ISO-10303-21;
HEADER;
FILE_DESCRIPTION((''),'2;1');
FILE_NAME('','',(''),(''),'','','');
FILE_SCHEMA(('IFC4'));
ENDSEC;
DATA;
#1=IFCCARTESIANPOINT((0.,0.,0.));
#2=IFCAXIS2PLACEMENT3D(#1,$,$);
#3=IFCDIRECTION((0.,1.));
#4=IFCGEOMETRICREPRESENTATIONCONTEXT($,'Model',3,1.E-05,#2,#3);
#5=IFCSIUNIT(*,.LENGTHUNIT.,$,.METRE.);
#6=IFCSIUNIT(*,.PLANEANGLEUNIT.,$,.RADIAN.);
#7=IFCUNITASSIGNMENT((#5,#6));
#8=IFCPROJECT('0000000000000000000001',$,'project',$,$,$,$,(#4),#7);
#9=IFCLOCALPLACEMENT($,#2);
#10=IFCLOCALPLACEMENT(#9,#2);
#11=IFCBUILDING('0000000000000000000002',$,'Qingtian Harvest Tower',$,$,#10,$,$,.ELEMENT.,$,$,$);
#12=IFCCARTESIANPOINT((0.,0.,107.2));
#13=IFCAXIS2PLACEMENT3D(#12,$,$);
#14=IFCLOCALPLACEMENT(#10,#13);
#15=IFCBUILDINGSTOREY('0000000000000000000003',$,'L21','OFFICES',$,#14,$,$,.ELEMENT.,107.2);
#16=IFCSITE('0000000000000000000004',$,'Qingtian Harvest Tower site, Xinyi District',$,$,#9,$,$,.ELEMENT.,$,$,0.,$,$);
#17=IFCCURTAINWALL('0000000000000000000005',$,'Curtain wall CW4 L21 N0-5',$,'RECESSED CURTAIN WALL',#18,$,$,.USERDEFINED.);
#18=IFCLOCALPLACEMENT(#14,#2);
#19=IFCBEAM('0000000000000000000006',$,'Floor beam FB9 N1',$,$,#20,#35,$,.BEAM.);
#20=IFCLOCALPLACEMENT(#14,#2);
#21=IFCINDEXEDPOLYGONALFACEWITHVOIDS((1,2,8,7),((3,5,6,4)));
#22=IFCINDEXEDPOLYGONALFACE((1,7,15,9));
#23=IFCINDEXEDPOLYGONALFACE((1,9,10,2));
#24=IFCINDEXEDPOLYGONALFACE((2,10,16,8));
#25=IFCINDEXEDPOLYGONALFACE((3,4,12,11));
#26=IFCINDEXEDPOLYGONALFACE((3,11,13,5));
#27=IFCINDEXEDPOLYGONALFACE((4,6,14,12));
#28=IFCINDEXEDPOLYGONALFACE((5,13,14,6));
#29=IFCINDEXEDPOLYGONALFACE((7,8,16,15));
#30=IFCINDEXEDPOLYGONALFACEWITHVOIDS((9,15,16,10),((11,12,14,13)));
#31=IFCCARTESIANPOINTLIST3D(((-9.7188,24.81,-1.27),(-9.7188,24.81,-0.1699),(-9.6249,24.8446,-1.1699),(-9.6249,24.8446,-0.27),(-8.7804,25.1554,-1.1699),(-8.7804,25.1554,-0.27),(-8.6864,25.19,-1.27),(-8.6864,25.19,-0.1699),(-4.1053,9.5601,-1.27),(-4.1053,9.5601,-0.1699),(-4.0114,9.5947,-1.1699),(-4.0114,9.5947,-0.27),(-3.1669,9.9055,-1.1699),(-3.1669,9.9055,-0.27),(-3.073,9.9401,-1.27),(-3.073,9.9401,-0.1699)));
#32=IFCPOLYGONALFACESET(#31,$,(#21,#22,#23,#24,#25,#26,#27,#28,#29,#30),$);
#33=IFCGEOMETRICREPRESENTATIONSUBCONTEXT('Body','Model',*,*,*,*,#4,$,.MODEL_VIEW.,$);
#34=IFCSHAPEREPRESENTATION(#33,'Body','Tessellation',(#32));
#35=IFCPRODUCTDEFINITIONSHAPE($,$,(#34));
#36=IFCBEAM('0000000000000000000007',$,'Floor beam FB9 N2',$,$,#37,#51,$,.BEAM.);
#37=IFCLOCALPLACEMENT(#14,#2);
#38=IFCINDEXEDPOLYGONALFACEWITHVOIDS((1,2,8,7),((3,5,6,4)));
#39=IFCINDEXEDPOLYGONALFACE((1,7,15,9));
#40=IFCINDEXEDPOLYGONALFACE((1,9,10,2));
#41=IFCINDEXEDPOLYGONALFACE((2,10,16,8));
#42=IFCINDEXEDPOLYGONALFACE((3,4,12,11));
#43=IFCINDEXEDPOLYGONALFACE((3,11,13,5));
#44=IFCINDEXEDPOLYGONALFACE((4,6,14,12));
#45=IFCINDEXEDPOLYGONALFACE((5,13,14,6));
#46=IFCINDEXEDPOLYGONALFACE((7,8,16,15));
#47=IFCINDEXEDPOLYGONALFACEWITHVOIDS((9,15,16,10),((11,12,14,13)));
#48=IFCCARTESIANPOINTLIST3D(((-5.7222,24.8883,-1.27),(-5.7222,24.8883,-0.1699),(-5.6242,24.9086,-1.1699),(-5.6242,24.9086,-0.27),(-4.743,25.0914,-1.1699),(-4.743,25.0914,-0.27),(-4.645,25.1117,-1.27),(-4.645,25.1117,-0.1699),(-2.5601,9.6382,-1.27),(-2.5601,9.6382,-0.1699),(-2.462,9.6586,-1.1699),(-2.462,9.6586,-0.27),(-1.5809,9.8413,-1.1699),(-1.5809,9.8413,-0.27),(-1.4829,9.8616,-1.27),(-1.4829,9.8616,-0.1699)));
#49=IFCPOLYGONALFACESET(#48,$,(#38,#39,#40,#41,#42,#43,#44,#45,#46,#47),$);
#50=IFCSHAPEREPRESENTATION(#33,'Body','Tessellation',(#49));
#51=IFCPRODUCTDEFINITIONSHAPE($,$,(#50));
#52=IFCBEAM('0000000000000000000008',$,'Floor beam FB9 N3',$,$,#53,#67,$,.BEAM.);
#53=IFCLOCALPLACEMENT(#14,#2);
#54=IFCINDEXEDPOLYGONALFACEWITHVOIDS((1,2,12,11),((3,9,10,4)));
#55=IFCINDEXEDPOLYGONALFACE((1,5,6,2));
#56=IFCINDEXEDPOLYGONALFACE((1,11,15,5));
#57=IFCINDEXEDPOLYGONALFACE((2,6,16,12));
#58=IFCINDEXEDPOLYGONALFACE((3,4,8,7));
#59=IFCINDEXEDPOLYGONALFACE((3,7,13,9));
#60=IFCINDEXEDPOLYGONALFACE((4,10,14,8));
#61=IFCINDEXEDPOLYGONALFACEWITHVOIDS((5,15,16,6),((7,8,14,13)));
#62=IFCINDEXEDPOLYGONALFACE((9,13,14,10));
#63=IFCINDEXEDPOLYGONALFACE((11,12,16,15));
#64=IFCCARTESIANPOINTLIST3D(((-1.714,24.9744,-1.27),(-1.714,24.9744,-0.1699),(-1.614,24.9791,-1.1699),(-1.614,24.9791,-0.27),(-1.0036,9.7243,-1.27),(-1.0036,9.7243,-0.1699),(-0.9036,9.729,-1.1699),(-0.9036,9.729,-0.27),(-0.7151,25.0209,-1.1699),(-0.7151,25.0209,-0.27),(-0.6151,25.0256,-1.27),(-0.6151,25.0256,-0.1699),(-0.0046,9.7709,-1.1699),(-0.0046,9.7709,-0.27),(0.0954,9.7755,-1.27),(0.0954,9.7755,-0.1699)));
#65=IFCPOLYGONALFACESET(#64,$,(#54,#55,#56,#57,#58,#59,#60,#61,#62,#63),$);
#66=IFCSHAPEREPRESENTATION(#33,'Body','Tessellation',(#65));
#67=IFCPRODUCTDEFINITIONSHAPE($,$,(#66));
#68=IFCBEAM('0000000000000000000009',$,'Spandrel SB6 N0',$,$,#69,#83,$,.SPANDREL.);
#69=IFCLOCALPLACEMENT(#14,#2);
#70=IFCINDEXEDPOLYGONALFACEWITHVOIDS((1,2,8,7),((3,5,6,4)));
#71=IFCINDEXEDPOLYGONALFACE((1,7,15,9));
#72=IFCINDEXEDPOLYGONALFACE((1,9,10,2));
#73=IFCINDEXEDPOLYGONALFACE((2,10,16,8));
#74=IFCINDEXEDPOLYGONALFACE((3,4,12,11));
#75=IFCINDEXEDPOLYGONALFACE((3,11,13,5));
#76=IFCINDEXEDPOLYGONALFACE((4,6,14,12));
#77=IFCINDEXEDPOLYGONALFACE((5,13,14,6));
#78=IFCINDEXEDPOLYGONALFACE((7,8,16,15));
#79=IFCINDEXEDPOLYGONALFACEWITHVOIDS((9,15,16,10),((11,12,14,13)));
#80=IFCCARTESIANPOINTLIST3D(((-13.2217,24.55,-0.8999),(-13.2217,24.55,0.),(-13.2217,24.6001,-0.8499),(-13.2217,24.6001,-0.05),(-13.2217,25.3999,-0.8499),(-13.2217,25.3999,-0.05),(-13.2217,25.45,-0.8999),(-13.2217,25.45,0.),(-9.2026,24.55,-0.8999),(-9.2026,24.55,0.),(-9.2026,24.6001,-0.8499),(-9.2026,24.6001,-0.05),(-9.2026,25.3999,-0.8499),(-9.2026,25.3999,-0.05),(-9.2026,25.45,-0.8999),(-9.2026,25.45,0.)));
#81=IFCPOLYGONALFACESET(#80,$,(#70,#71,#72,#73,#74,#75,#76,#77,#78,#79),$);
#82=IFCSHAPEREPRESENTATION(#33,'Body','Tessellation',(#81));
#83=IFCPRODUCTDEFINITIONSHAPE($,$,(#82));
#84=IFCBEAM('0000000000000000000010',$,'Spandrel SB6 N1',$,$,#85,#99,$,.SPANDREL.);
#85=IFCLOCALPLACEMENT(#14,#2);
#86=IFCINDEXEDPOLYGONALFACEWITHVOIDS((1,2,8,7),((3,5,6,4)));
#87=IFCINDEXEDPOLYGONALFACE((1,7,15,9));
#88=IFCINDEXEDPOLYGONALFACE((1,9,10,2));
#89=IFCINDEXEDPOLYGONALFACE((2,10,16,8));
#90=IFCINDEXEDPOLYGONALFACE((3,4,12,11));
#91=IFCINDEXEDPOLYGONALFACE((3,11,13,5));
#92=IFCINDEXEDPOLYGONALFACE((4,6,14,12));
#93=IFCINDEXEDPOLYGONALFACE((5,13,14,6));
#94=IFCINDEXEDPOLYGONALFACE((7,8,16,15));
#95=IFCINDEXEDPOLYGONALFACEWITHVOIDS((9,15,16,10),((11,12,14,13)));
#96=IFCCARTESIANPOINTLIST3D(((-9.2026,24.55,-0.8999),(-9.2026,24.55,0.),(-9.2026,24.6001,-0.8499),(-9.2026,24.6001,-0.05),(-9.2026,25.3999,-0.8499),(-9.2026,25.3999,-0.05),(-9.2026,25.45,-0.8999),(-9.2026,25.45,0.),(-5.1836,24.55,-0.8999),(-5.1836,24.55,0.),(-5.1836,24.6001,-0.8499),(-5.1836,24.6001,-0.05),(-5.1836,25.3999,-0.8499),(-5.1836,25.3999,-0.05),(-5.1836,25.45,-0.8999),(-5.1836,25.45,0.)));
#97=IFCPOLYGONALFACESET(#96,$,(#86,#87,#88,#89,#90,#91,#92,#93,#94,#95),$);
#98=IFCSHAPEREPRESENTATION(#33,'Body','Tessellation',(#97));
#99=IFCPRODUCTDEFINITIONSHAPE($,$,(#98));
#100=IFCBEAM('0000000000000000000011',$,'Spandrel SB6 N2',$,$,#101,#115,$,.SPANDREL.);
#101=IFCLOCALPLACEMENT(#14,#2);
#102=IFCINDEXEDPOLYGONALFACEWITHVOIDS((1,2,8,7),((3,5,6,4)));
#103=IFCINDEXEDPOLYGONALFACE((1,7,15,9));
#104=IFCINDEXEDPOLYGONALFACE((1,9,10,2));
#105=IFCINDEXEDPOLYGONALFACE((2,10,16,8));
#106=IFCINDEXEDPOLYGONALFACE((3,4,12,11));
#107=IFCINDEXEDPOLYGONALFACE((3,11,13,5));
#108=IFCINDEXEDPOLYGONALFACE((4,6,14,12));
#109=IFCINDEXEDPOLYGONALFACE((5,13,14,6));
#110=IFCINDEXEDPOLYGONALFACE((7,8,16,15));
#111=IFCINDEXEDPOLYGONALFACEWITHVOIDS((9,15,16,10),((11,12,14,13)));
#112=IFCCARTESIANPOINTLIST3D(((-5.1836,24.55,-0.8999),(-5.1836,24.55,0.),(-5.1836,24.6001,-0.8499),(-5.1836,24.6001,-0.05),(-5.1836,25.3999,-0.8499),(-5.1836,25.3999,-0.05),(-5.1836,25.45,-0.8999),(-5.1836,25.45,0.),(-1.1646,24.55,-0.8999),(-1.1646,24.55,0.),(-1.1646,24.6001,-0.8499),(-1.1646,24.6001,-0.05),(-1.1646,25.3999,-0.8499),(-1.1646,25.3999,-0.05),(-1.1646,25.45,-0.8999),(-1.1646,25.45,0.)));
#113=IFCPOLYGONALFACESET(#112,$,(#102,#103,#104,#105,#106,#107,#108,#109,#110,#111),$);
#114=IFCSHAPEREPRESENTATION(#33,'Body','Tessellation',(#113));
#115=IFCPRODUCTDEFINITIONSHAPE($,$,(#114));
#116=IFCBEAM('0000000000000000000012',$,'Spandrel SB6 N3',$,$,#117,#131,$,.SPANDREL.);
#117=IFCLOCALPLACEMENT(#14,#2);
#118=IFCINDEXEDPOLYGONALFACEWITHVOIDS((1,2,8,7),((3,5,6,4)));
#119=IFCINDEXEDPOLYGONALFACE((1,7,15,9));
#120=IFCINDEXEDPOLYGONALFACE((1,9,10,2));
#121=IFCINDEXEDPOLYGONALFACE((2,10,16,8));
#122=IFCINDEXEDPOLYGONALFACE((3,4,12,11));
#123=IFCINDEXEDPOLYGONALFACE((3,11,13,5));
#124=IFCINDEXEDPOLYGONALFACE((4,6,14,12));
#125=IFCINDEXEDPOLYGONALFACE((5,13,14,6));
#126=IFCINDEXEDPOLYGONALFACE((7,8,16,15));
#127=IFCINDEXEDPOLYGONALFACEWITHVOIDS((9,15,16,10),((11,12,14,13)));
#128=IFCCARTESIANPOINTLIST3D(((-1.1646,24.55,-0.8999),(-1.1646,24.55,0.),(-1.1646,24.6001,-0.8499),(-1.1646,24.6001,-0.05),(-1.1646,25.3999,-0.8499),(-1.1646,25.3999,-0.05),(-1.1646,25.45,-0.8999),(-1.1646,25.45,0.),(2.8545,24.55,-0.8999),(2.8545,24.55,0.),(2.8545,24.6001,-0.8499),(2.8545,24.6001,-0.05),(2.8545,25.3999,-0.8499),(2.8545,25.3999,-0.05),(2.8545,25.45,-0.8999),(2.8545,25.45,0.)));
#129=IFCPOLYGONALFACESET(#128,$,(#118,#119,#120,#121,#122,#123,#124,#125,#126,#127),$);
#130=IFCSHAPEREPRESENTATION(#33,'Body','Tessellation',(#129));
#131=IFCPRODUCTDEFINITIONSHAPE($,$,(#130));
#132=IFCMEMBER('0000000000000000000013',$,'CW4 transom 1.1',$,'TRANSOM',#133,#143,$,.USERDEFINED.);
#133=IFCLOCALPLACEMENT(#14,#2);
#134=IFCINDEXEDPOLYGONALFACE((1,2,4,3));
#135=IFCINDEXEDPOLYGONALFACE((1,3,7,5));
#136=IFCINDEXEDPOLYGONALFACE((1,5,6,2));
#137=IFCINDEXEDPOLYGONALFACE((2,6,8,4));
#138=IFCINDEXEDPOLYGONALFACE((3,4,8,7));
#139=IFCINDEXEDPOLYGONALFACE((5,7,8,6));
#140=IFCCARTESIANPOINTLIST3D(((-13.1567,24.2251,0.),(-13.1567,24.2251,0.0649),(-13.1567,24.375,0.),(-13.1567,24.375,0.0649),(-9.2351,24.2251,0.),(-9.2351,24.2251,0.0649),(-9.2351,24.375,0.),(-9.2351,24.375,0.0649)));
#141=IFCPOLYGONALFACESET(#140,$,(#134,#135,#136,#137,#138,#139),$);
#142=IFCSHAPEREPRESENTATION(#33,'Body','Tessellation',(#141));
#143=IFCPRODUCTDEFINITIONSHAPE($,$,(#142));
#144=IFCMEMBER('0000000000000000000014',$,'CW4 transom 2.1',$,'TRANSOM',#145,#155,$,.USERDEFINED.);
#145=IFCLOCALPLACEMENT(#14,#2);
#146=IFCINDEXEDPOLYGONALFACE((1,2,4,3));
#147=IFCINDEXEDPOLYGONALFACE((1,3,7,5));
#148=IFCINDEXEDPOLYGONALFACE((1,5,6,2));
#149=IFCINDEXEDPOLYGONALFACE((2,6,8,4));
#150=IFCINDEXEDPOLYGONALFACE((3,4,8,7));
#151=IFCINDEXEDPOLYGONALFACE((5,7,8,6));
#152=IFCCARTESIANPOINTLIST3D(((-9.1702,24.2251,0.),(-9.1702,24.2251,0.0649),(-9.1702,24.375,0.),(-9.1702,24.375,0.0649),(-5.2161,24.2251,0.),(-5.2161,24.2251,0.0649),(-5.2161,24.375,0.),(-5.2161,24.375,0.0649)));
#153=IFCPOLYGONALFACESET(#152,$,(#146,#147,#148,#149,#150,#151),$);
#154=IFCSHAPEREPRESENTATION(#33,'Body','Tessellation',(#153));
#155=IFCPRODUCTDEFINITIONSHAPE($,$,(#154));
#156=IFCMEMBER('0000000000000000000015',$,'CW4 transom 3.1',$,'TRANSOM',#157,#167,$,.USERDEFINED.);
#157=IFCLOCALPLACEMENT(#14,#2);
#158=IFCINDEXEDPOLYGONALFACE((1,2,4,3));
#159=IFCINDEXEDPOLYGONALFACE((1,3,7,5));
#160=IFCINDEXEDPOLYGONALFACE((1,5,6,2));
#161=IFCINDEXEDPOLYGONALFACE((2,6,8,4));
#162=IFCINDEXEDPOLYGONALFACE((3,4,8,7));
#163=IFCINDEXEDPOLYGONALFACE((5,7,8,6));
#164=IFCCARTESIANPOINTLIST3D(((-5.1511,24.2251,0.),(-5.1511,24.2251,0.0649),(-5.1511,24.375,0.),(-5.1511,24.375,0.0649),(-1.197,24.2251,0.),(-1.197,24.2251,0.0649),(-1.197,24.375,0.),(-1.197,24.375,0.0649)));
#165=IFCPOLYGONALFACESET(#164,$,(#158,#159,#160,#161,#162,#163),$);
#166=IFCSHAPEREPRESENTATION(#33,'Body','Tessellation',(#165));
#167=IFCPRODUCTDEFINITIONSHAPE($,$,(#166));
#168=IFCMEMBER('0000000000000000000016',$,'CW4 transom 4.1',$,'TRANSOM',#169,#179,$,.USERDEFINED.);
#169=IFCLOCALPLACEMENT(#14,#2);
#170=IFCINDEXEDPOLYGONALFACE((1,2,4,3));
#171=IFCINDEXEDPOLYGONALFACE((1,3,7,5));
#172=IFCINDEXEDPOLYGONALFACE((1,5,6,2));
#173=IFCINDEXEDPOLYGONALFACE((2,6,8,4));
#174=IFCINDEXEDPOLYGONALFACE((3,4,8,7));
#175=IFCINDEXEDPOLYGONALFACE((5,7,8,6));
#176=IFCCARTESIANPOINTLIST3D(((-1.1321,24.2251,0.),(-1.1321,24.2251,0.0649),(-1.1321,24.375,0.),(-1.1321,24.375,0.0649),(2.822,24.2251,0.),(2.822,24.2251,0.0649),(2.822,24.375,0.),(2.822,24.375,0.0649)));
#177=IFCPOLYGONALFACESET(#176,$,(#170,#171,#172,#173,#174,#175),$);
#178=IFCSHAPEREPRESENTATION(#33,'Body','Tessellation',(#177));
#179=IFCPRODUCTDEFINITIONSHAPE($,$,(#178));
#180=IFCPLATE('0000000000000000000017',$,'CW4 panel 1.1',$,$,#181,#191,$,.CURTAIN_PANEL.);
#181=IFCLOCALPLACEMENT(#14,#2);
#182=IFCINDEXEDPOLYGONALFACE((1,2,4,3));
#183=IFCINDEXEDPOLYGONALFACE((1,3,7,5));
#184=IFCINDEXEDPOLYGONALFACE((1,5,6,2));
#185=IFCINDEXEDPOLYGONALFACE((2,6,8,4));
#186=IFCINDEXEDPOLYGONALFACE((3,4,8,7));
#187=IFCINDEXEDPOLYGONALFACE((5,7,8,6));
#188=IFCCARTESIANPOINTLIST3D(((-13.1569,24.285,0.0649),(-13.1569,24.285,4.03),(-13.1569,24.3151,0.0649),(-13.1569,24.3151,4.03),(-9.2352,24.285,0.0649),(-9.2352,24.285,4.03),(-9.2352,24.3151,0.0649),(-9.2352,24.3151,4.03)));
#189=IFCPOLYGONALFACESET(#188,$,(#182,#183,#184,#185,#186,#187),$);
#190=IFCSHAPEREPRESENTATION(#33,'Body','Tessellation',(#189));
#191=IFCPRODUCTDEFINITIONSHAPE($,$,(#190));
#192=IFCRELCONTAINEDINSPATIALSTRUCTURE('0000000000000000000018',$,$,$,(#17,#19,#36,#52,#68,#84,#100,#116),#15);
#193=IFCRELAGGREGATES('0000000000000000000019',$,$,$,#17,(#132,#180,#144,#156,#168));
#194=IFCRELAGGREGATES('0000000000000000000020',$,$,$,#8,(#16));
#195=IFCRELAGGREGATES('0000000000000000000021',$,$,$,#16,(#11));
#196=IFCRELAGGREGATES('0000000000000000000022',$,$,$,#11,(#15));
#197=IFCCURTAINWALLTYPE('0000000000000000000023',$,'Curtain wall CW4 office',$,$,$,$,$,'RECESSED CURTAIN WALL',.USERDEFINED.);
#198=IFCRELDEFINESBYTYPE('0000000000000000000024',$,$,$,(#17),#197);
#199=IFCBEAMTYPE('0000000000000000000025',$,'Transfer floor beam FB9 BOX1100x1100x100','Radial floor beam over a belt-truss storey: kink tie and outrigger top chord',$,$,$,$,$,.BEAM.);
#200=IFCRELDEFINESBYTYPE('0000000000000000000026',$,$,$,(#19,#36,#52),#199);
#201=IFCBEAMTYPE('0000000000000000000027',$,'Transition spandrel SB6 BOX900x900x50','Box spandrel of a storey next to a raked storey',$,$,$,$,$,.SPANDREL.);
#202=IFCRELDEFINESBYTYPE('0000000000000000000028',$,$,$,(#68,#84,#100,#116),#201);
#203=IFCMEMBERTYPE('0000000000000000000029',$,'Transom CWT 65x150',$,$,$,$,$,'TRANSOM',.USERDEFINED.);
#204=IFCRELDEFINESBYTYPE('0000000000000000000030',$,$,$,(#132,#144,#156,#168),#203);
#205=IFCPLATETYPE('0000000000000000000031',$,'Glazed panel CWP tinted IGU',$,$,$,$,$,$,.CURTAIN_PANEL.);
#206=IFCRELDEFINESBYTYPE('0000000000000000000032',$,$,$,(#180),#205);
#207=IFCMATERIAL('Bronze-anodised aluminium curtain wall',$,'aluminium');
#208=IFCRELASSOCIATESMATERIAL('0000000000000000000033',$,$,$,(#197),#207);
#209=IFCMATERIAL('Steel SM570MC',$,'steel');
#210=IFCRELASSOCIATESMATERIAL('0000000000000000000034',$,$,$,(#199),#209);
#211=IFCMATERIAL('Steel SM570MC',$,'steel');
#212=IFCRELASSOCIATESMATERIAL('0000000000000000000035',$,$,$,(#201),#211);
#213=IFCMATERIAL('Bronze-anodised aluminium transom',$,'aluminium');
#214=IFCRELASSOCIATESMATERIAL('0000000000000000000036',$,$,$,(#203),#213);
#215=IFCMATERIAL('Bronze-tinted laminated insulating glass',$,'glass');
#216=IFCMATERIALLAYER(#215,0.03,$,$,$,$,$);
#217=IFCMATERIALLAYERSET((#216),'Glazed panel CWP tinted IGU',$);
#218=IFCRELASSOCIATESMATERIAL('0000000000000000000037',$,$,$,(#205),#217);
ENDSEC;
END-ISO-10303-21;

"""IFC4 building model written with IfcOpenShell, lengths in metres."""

from ifc_helpers import new_model, si_unit, direction, frame, origin, origin_2d, place, context, subcontext, project, spatial, rectangle, hollow_rectangle, extrude, material, layer, layer_set, material_profile, profile_set, type_object, element, aggregate, save


model = new_model("IFC4")

# Units and contexts
model_context = context("Model", 3, precision=1e-05, world=origin(), true_north=direction((0.0, 1.0)))
body_context = subcontext(model_context, "Body", "Model", "MODEL_VIEW")
ifc_project = project(units=[si_unit("LENGTHUNIT", "METRE"), si_unit("PLANEANGLEUNIT", "RADIAN")], contexts=[model_context])

# Site, building, storey
site_placement = place(None, origin())
site = spatial("IfcSite", under=ifc_project, at=site_placement, Name="Qingtian Harvest Tower site, Xinyi District", CompositionType="ELEMENT", RefElevation=0.0)
building_placement = place(site_placement, origin())
building = spatial("IfcBuilding", under=site, at=building_placement, Name="Qingtian Harvest Tower", CompositionType="ELEMENT")
storey_placement = place(building_placement, frame((0.0, 0.0, 107.2)))
storey = spatial("IfcBuildingStorey", under=building, at=storey_placement, Name="L21", Description="OFFICES", CompositionType="ELEMENT", Elevation=107.2)

# Curtain wall
ifc_material_1 = material(Name="Bronze-anodised aluminium curtain wall", Category="aluminium")
curtain_wall_type = type_object("IfcCurtainWallType", Name="Curtain wall CW4 office", ElementType="RECESSED CURTAIN WALL", PredefinedType="USERDEFINED", material=ifc_material_1)
curtain_wall_placement = place(storey_placement, origin())
curtain_wall = element("IfcCurtainWall", 1, at=curtain_wall_placement, inside=storey, type_object=curtain_wall_type, Name="Curtain wall CW4 L21 N0-5", ObjectType="RECESSED CURTAIN WALL", PredefinedType="USERDEFINED")

# Beams
ifc_material_2 = material(Name="Steel SM570MC", Category="steel")
ifc_material_profile_1 = material_profile(ifc_material_2, hollow_rectangle(XDim=1.1001, YDim=1.1001, WallThickness=0.1001, at=origin_2d()), Name="BOX1100x1100x100")
ifc_profile_set_1 = profile_set([ifc_material_profile_1], Name="Steel SM570MC")
beam_type_1 = type_object("IfcBeamType", Name="Transfer floor beam FB9 BOX1100x1100x100", Description="Radial floor beam over a belt-truss storey: kink tie and outrigger top chord", PredefinedType="BEAM", material=ifc_profile_set_1)
beam_1_placement = place(storey_placement, frame((-9.2026, 25.0, -0.72), z_axis=(0.34544, -0.938441, 0.0), x_axis=(0.938441, 0.34544, 0.0)))
element("IfcBeam", 2, at=beam_1_placement, inside=storey, type_object=beam_type_1, Name="Floor beam FB9 N1", PredefinedType="BEAM", context=body_context, shape_type="SweptSolid", body=[
    extrude(hollow_rectangle(XDim=1.1001, YDim=1.1001, WallThickness=0.1001, at=origin_2d()), origin(), (0.0, 0.0, 1.0), 16.2502),
])
beam_2_placement = place(storey_placement, frame((-5.1836, 25.0, -0.72), z_axis=(0.203033, -0.979172, 0.0), x_axis=(0.979172, 0.203033, 0.0)))
element("IfcBeam", 3, at=beam_2_placement, inside=storey, type_object=beam_type_1, Name="Floor beam FB9 N2", PredefinedType="BEAM", context=body_context, shape_type="SweptSolid", body=[
    extrude(hollow_rectangle(XDim=1.1001, YDim=1.1001, WallThickness=0.1001, at=origin_2d()), origin(), (0.0, 0.0, 1.0), 15.5745),
])
beam_3_placement = place(storey_placement, frame((-1.1646, 25.0, -0.72), z_axis=(0.046536, -0.998917, 0.0), x_axis=(0.998917, 0.046536, 0.0)))
element("IfcBeam", 4, at=beam_3_placement, inside=storey, type_object=beam_type_1, Name="Floor beam FB9 N3", PredefinedType="BEAM", context=body_context, shape_type="SweptSolid", body=[
    extrude(hollow_rectangle(XDim=1.1001, YDim=1.1001, WallThickness=0.1001, at=origin_2d()), origin(), (0.0, 0.0, 1.0), 15.2666),
])
ifc_material_3 = material(Name="Steel SM570MC", Category="steel")
ifc_material_profile_2 = material_profile(ifc_material_3, hollow_rectangle(XDim=0.8999, YDim=0.8999, WallThickness=0.05, at=origin_2d()), Name="BOX900x900x50")
ifc_profile_set_2 = profile_set([ifc_material_profile_2], Name="Steel SM570MC")
beam_type_2 = type_object("IfcBeamType", Name="Transition spandrel SB6 BOX900x900x50", Description="Box spandrel of a storey next to a raked storey", PredefinedType="SPANDREL", material=ifc_profile_set_2)
for number, where, z_axis, x_axis, name in (
    (5, (-13.2217, 25.0, -0.45), (1.0, 0.0, 0.0), (0.0, 1.0, 0.0), "Spandrel SB6 N0"),
    (6, (-9.2026, 25.0, -0.45), (1.0, 0.0, 0.0), (0.0, 1.0, 0.0), "Spandrel SB6 N1"),
    (7, (-5.1836, 25.0, -0.45), (1.0, 0.0, 0.0), (0.0, 1.0, 0.0), "Spandrel SB6 N2"),
    (8, (-1.1646, 25.0, -0.45), (1.0, 0.0, 0.0), (0.0, 1.0, 0.0), "Spandrel SB6 N3"),
):
    element("IfcBeam", number, at=place(storey_placement, frame(where, z_axis=z_axis, x_axis=x_axis)), inside=storey, type_object=beam_type_2, Name=name, PredefinedType="SPANDREL", context=body_context, shape_type="SweptSolid", body=[
        extrude(hollow_rectangle(XDim=0.8999, YDim=0.8999, WallThickness=0.05, at=origin_2d()), origin(), (0.0, 0.0, 1.0), 4.019),
    ])

# Members
ifc_material_4 = material(Name="Bronze-anodised aluminium transom", Category="aluminium")
ifc_material_profile_3 = material_profile(ifc_material_4, rectangle(XDim=0.1499, YDim=0.0649, at=origin_2d()), Name="AL 65x150")
ifc_profile_set_3 = profile_set([ifc_material_profile_3], Name="Bronze-anodised aluminium transom")
member_type_1 = type_object("IfcMemberType", Name="Transom CWT 65x150", ElementType="TRANSOM", PredefinedType="USERDEFINED", material=ifc_profile_set_3)
member_1_placement = place(storey_placement, frame((-13.1567, 24.3, 0.0325), z_axis=(1.0, 0.0, 0.0), x_axis=(0.0, 1.0, 0.0)))
member_1 = element("IfcMember", 9, at=member_1_placement, type_object=member_type_1, Name="CW4 transom 1.1", ObjectType="TRANSOM", PredefinedType="USERDEFINED", context=body_context, shape_type="SweptSolid", body=[
    extrude(rectangle(XDim=0.1499, YDim=0.0649, at=origin_2d()), origin(), (0.0, 0.0, 1.0), 3.9216),
])
member_2_placement = place(storey_placement, frame((-9.1702, 24.3, 0.0325), z_axis=(1.0, 0.0, 0.0), x_axis=(0.0, 1.0, 0.0)))
member_2 = element("IfcMember", 10, at=member_2_placement, type_object=member_type_1, Name="CW4 transom 2.1", ObjectType="TRANSOM", PredefinedType="USERDEFINED", context=body_context, shape_type="SweptSolid", body=[
    extrude(rectangle(XDim=0.1499, YDim=0.0649, at=origin_2d()), origin(), (0.0, 0.0, 1.0), 3.9541),
])
member_3_placement = place(storey_placement, frame((-5.1511, 24.3, 0.0325), z_axis=(1.0, 0.0, 0.0), x_axis=(0.0, 1.0, 0.0)))
member_3 = element("IfcMember", 11, at=member_3_placement, type_object=member_type_1, Name="CW4 transom 3.1", ObjectType="TRANSOM", PredefinedType="USERDEFINED", context=body_context, shape_type="SweptSolid", body=[
    extrude(rectangle(XDim=0.1499, YDim=0.0649, at=origin_2d()), origin(), (0.0, 0.0, 1.0), 3.9541),
])
member_4_placement = place(storey_placement, frame((-1.1321, 24.3, 0.0325), z_axis=(1.0, 0.0, 0.0), x_axis=(0.0, 1.0, 0.0)))
member_4 = element("IfcMember", 12, at=member_4_placement, type_object=member_type_1, Name="CW4 transom 4.1", ObjectType="TRANSOM", PredefinedType="USERDEFINED", context=body_context, shape_type="SweptSolid", body=[
    extrude(rectangle(XDim=0.1499, YDim=0.0649, at=origin_2d()), origin(), (0.0, 0.0, 1.0), 3.9541),
])

# Plate
ifc_material_5 = material(Name="Bronze-tinted laminated insulating glass", Category="glass")
ifc_layer_1 = layer(ifc_material_5, 0.03)
ifc_layer_set_1 = layer_set([ifc_layer_1], Name="Glazed panel CWP tinted IGU")
plate_type = type_object("IfcPlateType", Name="Glazed panel CWP tinted IGU", PredefinedType="CURTAIN_PANEL", material=ifc_layer_set_1)
plate_1_placement = place(storey_placement, frame((-11.196, 24.3, 0.0649), z_axis=(0.0, 0.0, 1.0), x_axis=(1.0, 0.0, 0.0)))
plate_1 = element("IfcPlate", 13, at=plate_1_placement, type_object=plate_type, Name="CW4 panel 1.1", PredefinedType="CURTAIN_PANEL", context=body_context, shape_type="SweptSolid", body=[
    extrude(rectangle(XDim=3.9216, YDim=0.03, at=origin_2d()), origin(), (0.0, 0.0, 1.0), 3.9651),
])
aggregate(curtain_wall, [member_1, plate_1, member_2, member_3, member_4])

save(model, "model.ifc")
